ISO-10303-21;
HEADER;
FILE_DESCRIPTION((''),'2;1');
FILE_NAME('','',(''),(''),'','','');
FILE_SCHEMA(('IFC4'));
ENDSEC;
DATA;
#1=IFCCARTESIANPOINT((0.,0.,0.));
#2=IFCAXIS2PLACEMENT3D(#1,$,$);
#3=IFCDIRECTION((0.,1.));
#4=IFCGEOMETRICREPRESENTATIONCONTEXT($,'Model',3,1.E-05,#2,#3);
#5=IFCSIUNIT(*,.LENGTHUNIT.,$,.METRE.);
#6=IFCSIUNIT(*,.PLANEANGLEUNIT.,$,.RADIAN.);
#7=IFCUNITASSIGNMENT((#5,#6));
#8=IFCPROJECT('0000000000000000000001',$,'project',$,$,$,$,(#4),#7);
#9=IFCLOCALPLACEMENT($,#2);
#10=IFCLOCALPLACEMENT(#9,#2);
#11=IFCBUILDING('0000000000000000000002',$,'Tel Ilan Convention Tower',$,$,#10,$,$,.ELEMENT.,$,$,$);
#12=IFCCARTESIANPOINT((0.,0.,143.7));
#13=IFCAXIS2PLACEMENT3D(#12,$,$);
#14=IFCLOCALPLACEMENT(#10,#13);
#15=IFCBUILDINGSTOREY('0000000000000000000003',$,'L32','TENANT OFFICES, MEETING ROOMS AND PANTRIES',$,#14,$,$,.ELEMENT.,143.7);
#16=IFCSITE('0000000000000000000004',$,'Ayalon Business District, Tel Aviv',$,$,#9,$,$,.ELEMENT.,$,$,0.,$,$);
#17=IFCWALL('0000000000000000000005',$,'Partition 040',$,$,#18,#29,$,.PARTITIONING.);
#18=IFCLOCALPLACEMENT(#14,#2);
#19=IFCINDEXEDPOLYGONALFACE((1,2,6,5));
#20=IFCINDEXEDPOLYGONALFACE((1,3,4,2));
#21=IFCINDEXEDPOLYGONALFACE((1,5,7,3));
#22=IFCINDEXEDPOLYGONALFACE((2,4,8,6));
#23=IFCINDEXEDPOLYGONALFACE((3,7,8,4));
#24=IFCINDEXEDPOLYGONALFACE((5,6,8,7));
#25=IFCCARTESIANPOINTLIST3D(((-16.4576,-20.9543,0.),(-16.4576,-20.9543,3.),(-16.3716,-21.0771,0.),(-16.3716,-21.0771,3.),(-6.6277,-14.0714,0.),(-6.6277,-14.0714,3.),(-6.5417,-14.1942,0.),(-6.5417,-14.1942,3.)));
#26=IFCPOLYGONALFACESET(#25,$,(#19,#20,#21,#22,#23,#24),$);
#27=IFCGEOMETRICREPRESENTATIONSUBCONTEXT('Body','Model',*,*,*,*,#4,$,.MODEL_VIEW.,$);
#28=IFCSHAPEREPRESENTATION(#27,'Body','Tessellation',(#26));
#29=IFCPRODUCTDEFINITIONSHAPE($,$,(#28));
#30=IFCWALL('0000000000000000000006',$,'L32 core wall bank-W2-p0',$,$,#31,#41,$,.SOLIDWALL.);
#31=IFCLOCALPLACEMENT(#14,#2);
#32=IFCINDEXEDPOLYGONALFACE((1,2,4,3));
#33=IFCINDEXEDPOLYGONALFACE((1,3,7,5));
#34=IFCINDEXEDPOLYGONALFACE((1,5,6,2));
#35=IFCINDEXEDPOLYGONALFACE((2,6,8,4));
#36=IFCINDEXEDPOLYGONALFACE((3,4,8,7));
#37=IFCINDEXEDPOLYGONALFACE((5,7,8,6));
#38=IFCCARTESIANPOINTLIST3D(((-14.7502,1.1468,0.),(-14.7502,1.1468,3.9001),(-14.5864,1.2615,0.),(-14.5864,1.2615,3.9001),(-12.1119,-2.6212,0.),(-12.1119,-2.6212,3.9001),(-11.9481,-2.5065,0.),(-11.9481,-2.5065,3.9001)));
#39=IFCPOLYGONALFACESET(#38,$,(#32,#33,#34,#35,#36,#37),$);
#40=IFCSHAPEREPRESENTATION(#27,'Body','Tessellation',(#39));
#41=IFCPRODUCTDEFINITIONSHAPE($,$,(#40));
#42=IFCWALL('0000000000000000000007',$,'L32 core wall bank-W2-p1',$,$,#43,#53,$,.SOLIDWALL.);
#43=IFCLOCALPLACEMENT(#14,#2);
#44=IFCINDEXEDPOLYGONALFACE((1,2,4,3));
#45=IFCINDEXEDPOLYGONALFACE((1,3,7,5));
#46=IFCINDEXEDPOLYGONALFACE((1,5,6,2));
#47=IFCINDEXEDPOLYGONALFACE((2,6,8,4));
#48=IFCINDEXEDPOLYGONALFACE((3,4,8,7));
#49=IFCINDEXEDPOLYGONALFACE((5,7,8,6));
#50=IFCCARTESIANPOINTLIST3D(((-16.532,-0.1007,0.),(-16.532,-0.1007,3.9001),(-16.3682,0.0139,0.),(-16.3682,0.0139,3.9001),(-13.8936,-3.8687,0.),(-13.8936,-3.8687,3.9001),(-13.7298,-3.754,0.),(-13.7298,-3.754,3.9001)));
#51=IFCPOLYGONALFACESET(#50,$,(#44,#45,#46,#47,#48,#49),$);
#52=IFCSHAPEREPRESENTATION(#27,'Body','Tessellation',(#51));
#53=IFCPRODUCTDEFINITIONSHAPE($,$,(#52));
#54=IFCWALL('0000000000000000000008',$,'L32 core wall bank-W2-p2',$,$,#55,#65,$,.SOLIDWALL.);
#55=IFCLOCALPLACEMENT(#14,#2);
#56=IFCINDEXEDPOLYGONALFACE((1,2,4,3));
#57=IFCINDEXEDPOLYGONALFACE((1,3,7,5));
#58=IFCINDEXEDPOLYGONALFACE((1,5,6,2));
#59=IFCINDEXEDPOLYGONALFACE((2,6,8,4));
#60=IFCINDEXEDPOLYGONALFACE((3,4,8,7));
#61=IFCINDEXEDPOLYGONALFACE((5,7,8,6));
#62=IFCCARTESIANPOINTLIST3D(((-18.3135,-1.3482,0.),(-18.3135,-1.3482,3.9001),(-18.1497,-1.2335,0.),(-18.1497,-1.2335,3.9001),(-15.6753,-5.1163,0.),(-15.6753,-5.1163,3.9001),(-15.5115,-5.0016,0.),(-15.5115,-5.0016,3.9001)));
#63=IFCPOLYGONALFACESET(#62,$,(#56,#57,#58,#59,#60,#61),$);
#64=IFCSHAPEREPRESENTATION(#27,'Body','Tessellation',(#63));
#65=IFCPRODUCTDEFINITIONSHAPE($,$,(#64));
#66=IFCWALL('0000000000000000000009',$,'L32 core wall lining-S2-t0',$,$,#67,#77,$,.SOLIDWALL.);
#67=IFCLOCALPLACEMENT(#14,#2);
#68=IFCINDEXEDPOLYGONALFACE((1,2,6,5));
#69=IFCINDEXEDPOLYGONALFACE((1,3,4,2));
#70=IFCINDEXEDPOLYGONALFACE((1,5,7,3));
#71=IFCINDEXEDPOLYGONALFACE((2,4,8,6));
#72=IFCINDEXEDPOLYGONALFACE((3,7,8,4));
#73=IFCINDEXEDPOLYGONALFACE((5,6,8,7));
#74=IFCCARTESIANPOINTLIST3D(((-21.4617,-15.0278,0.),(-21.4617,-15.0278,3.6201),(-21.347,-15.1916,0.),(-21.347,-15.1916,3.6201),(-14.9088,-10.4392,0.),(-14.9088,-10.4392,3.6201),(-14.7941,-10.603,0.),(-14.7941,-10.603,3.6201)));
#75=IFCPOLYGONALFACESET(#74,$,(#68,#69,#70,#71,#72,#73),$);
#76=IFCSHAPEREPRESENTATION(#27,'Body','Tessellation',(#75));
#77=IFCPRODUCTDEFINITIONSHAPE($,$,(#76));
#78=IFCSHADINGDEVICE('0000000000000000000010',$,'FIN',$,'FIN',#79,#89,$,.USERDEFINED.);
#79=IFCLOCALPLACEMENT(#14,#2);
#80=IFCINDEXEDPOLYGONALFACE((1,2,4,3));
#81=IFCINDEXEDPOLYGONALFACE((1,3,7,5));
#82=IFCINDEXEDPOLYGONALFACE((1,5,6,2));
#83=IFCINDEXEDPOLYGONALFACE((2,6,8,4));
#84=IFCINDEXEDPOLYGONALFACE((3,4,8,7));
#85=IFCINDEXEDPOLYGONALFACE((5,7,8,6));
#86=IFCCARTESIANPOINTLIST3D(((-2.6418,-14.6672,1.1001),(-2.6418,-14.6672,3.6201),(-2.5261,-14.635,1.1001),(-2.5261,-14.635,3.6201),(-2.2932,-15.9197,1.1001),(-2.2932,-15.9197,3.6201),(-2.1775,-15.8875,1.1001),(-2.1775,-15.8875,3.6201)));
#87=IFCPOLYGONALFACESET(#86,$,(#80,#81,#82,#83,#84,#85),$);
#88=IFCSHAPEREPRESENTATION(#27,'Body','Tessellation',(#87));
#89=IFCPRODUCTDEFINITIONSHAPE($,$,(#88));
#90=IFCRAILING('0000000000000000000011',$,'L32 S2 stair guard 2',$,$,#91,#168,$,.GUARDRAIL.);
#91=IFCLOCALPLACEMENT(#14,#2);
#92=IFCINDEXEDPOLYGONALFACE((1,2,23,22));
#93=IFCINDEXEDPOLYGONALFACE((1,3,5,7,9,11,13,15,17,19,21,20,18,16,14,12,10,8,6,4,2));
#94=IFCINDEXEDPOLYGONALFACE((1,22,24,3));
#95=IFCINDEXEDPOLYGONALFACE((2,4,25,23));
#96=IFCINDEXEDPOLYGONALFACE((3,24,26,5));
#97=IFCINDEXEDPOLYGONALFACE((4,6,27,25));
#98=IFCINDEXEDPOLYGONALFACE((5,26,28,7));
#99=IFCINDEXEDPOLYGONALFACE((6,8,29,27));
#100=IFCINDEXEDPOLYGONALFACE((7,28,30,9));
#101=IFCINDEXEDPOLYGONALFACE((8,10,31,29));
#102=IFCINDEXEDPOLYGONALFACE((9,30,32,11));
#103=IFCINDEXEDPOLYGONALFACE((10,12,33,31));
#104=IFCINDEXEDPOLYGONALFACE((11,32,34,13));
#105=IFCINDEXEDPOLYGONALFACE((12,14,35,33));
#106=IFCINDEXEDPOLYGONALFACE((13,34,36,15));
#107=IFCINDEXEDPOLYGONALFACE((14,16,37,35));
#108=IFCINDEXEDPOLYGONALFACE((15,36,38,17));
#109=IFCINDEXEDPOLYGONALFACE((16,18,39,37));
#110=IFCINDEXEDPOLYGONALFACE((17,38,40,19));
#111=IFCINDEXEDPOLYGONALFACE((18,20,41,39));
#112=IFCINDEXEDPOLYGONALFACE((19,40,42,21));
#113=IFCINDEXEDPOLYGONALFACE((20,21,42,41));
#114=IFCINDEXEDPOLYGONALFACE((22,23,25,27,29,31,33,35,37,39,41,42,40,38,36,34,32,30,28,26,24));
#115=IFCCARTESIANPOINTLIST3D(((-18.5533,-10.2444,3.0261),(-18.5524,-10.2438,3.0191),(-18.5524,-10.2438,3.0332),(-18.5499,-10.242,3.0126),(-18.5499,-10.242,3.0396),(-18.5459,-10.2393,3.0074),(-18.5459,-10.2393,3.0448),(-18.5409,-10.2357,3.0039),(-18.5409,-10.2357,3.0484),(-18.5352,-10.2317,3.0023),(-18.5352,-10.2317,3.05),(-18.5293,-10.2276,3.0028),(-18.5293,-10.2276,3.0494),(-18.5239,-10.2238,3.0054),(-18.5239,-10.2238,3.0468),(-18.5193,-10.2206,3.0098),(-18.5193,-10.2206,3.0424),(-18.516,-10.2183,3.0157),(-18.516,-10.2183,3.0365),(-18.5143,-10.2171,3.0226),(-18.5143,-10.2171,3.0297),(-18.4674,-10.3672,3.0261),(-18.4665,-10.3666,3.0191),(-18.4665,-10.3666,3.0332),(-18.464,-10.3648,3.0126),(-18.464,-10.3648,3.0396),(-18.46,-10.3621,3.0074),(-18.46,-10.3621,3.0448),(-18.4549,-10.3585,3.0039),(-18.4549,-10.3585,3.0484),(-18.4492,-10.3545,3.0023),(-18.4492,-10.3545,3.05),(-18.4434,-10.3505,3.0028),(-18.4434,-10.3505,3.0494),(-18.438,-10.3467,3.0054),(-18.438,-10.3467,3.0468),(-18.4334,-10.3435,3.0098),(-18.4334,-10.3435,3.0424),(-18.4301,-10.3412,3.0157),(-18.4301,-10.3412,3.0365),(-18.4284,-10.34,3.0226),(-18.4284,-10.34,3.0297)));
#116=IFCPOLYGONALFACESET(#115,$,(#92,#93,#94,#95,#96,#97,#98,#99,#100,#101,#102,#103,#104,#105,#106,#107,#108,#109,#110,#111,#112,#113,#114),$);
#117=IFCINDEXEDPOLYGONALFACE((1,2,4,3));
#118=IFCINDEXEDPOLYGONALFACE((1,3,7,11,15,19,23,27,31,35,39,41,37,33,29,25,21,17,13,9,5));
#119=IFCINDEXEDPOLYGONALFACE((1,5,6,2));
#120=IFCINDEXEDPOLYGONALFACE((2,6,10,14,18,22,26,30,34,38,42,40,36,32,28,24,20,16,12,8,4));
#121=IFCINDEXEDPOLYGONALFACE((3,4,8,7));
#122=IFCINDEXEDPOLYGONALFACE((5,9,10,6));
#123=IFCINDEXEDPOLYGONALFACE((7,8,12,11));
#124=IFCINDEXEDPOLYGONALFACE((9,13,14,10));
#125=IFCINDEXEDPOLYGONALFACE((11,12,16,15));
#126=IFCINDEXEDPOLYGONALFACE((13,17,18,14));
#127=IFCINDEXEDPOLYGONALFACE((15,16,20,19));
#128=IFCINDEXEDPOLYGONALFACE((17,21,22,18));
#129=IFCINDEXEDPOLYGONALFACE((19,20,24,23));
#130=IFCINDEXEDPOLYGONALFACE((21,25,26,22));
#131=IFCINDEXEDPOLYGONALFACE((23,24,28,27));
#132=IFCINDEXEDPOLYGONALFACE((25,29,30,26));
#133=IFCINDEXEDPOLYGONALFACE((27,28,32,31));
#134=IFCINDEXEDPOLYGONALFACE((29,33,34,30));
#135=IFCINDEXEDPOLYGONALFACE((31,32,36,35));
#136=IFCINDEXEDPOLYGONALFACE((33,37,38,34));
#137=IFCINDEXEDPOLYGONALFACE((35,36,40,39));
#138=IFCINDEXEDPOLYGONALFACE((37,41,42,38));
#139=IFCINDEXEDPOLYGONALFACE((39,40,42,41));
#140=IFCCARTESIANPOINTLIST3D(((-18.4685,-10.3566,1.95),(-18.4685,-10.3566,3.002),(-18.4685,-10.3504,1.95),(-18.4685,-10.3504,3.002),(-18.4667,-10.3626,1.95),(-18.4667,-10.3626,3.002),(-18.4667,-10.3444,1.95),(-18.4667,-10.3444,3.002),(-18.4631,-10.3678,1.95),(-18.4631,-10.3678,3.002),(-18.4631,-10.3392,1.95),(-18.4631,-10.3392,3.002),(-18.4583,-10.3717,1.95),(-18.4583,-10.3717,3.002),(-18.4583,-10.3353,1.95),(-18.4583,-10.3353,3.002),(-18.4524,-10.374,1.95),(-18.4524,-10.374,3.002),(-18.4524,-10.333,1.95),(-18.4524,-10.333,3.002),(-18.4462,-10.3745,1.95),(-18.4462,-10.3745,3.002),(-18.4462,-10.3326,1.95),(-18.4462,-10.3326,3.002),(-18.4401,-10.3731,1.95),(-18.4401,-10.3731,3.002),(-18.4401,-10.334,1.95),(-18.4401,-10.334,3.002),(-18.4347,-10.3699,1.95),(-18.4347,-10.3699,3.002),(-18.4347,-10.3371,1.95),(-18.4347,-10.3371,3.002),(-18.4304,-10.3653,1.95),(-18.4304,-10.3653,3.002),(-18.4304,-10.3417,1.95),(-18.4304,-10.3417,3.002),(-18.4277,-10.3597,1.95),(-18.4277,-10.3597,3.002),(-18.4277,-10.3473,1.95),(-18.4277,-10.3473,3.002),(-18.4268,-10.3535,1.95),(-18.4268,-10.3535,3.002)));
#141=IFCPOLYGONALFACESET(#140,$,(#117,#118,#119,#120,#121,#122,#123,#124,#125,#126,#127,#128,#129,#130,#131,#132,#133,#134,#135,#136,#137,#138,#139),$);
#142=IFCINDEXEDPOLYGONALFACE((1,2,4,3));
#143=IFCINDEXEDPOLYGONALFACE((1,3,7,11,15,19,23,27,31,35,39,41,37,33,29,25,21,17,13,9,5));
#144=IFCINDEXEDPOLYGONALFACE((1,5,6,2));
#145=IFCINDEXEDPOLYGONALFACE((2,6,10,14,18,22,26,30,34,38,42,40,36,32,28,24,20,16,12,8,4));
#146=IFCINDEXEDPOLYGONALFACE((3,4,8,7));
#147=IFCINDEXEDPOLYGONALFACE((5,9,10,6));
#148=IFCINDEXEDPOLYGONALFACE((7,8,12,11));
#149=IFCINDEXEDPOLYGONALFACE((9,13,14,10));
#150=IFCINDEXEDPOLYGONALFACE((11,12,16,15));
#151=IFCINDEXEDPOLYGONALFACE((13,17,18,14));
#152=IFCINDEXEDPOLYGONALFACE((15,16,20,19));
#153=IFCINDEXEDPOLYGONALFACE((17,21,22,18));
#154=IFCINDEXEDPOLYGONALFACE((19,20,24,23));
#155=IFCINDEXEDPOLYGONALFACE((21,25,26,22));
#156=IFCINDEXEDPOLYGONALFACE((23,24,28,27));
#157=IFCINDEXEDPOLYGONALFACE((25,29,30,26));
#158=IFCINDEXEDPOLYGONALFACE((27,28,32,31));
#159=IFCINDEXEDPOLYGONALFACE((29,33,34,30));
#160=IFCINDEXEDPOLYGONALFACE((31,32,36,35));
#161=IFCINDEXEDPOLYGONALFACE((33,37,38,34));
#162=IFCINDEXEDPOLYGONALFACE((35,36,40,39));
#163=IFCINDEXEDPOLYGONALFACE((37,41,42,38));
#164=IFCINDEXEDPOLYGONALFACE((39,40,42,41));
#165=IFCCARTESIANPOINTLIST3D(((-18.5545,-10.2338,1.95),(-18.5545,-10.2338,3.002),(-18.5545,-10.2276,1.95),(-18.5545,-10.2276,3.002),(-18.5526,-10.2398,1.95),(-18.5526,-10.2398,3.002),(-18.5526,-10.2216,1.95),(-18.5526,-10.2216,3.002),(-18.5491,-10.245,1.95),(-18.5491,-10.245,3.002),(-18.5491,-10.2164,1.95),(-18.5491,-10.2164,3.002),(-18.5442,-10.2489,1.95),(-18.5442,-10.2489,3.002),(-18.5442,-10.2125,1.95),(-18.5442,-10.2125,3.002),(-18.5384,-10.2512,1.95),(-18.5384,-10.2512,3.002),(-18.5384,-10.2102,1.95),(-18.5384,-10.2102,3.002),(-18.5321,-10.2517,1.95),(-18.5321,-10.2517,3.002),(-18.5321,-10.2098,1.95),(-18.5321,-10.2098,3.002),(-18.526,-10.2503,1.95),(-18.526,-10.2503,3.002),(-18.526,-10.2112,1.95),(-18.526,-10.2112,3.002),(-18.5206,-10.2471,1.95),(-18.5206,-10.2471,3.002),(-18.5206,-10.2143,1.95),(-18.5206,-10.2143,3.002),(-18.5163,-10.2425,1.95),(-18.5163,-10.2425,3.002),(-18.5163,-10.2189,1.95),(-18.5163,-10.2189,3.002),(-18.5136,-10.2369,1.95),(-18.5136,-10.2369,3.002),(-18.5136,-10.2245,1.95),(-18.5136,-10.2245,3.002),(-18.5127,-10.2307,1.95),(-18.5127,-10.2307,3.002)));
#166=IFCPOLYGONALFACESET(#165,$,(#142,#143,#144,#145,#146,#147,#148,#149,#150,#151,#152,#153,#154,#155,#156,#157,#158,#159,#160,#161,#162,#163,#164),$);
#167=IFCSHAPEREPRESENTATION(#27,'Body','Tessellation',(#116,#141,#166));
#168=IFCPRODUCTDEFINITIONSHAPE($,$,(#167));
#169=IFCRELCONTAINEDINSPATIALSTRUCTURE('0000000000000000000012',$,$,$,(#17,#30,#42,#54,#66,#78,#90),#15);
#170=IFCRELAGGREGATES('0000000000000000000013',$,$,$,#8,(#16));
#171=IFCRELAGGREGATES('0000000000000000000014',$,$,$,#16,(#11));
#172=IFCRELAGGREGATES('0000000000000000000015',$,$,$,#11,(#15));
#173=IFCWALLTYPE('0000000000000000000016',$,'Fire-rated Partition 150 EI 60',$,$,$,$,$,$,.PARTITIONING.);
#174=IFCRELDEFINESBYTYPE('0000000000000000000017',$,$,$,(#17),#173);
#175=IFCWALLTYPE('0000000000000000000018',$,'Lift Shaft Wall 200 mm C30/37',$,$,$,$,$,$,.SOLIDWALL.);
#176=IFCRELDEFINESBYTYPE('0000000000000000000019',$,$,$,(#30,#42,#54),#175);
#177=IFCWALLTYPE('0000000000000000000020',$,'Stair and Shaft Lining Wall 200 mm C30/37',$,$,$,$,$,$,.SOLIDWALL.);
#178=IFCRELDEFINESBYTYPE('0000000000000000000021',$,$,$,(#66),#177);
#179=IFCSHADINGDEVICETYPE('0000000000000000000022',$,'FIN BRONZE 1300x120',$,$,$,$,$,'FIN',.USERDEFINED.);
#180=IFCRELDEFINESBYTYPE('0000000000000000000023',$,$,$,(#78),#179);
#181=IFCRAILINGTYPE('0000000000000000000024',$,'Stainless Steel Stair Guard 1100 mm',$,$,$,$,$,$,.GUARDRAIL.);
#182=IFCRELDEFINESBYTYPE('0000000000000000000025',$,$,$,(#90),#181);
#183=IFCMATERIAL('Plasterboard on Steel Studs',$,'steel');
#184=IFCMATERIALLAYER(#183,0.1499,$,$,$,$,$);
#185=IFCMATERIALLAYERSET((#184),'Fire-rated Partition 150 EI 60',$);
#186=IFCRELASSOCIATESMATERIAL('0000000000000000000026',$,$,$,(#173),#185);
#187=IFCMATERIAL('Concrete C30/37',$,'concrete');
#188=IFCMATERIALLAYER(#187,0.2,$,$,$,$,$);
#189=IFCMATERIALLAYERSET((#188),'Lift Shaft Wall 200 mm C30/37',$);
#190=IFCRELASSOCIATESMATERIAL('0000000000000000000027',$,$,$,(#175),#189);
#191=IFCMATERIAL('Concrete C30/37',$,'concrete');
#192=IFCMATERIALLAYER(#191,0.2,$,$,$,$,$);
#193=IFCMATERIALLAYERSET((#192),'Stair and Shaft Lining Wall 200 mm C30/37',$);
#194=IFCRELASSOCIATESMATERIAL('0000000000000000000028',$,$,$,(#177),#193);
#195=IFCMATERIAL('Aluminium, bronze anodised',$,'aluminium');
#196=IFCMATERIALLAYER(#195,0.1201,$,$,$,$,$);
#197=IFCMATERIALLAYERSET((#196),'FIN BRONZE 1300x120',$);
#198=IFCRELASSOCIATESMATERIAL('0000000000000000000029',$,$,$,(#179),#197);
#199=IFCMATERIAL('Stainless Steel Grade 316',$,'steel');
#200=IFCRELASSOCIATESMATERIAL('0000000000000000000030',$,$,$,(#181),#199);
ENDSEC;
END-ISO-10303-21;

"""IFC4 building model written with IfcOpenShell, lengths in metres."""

from ifc_helpers import new_model, si_unit, direction, frame, frame_2d, origin, origin_2d, place, context, subcontext, project, spatial, rectangle, circle, extrude, material, layer, layer_set, type_object, element, save


model = new_model("IFC4")

# Units and contexts
model_context = context("Model", 3, precision=1e-05, world=origin(), true_north=direction((0.0, 1.0)))
body_context = subcontext(model_context, "Body", "Model", "MODEL_VIEW")
ifc_project = project(units=[si_unit("LENGTHUNIT", "METRE"), si_unit("PLANEANGLEUNIT", "RADIAN")], contexts=[model_context])

# Site, building, storey
site_placement = place(None, origin())
site = spatial("IfcSite", under=ifc_project, at=site_placement, Name="Ayalon Business District, Tel Aviv", CompositionType="ELEMENT", RefElevation=0.0)
building_placement = place(site_placement, origin())
building = spatial("IfcBuilding", under=site, at=building_placement, Name="Tel Ilan Convention Tower", CompositionType="ELEMENT")
storey_placement = place(building_placement, frame((0.0, 0.0, 143.7)))
storey = spatial("IfcBuildingStorey", under=building, at=storey_placement, Name="L32", Description="TENANT OFFICES, MEETING ROOMS AND PANTRIES", CompositionType="ELEMENT", Elevation=143.7)

# Shared definitions
ifc_material_1 = material(Name="Plasterboard on Steel Studs", Category="steel")
ifc_layer_1 = layer(ifc_material_1, 0.1499)
ifc_layer_set_1 = layer_set([ifc_layer_1], Name="Fire-rated Partition 150 EI 60")
wall_type_1 = type_object("IfcWallType", Name="Fire-rated Partition 150 EI 60", PredefinedType="PARTITIONING", material=ifc_layer_set_1)

# Walls
wall_1_placement = place(storey_placement, frame((-6.5847, -14.1328, 0.0), z_axis=(0.0, 0.0, 1.0), x_axis=(-0.819156, -0.57357, 0.0)))
element("IfcWall", 1, at=wall_1_placement, inside=storey, type_object=wall_type_1, Name="Partition 040", PredefinedType="PARTITIONING", context=body_context, shape_type="SweptSolid", body=[
    extrude(rectangle(XDim=12.0, YDim=0.1499, at=frame_2d((6.0, 0.0))), origin(), (0.0, 0.0, 1.0), 3.0),
])
ifc_material_2 = material(Name="Concrete C30/37", Category="concrete")
ifc_layer_2 = layer(ifc_material_2, 0.2)
ifc_layer_set_2 = layer_set([ifc_layer_2], Name="Lift Shaft Wall 200 mm C30/37")
wall_type_2 = type_object("IfcWallType", Name="Lift Shaft Wall 200 mm C30/37", PredefinedType="SOLIDWALL", material=ifc_layer_set_2)
for number, where, z_axis, x_axis, name in (
    (2, (-12.03, -2.5637, 0.0), (0.0, 0.0, 1.0), (-0.573576, 0.819152, 0.0), "L32 core wall bank-W2-p0"),
    (3, (-13.8118, -3.8113, 0.0), (0.0, 0.0, 1.0), (-0.573576, 0.819152, 0.0), "L32 core wall bank-W2-p1"),
    (4, (-15.5935, -5.0588, 0.0), (0.0, 0.0, 1.0), (-0.573541, 0.819177, 0.0), "L32 core wall bank-W2-p2"),
):
    element("IfcWall", number, at=place(storey_placement, frame(where, z_axis=z_axis, x_axis=x_axis)), inside=storey, type_object=wall_type_2, Name=name, PredefinedType="SOLIDWALL", context=body_context, shape_type="SweptSolid", body=[
        extrude(rectangle(XDim=4.5999, YDim=0.2, at=frame_2d((2.2998, 0.0))), origin(), (0.0, 0.0, 1.0), 3.9001),
    ])
ifc_material_3 = material(Name="Concrete C30/37", Category="concrete")
ifc_layer_3 = layer(ifc_material_3, 0.2)
ifc_layer_set_3 = layer_set([ifc_layer_3], Name="Stair and Shaft Lining Wall 200 mm C30/37")
wall_type_3 = type_object("IfcWallType", Name="Stair and Shaft Lining Wall 200 mm C30/37", PredefinedType="SOLIDWALL", material=ifc_layer_set_3)
wall_2_placement = place(storey_placement, frame((-14.8513, -10.521, 0.0), z_axis=(0.0, 0.0, 1.0), x_axis=(-0.819142, -0.573591, 0.0)))
element("IfcWall", 5, at=wall_2_placement, inside=storey, type_object=wall_type_3, Name="L32 core wall lining-S2-t0", PredefinedType="SOLIDWALL", context=body_context, shape_type="SweptSolid", body=[
    extrude(rectangle(XDim=7.9998, YDim=0.2, at=frame_2d((4.0, 0.0))), origin(), (0.0, 0.0, 1.0), 3.6201),
])

# Shading device
ifc_material_4 = material(Name="Aluminium, bronze anodised", Category="aluminium")
ifc_layer_4 = layer(ifc_material_4, 0.1201)
ifc_layer_set_4 = layer_set([ifc_layer_4], Name="FIN BRONZE 1300x120")
shading_device_type = type_object("IfcShadingDeviceType", Name="FIN BRONZE 1300x120", ElementType="FIN", PredefinedType="USERDEFINED", material=ifc_layer_set_4)
shading_device_placement = place(storey_placement, frame((-2.4097, -15.2773, 1.1001), z_axis=(0.0, 0.0, 1.0), x_axis=(0.268173, -0.963371, 0.0)))
element("IfcShadingDevice", 6, at=shading_device_placement, inside=storey, type_object=shading_device_type, Name="FIN", ObjectType="FIN", PredefinedType="USERDEFINED", context=body_context, shape_type="SweptSolid", body=[
    extrude(rectangle(XDim=1.3, YDim=0.1201, at=origin_2d()), origin(), (0.0, 0.0, 1.0), 2.52),
])

# Railing
ifc_material_5 = material(Name="Stainless Steel Grade 316", Category="steel")
railing_type = type_object("IfcRailingType", Name="Stainless Steel Stair Guard 1100 mm", PredefinedType="GUARDRAIL", material=ifc_material_5)
railing_placement = place(storey_placement, frame((-18.4478, -10.3535, 1.95)))
element("IfcRailing", 7, at=railing_placement, inside=storey, type_object=railing_type, Name="L32 S2 stair guard 2", PredefinedType="GUARDRAIL", context=body_context, shape_type="SweptSolid", body=[
    extrude(circle(Radius=0.0239, at=origin_2d()), frame((0.0, 0.0, 1.0762), z_axis=(-0.573353, 0.819308, 0.0), x_axis=(-0.819308, -0.573353, 0.0)), (0.0, 0.0, 1.0), 0.1499),
    extrude(circle(Radius=0.021, at=origin_2d()), origin(), (0.0, 0.0, 1.0), 1.052),
    extrude(circle(Radius=0.021, at=origin_2d()), frame((-0.0859, 0.1228, 0.0)), (0.0, 0.0, 1.0), 1.052),
])

save(model, "model.ifc")
